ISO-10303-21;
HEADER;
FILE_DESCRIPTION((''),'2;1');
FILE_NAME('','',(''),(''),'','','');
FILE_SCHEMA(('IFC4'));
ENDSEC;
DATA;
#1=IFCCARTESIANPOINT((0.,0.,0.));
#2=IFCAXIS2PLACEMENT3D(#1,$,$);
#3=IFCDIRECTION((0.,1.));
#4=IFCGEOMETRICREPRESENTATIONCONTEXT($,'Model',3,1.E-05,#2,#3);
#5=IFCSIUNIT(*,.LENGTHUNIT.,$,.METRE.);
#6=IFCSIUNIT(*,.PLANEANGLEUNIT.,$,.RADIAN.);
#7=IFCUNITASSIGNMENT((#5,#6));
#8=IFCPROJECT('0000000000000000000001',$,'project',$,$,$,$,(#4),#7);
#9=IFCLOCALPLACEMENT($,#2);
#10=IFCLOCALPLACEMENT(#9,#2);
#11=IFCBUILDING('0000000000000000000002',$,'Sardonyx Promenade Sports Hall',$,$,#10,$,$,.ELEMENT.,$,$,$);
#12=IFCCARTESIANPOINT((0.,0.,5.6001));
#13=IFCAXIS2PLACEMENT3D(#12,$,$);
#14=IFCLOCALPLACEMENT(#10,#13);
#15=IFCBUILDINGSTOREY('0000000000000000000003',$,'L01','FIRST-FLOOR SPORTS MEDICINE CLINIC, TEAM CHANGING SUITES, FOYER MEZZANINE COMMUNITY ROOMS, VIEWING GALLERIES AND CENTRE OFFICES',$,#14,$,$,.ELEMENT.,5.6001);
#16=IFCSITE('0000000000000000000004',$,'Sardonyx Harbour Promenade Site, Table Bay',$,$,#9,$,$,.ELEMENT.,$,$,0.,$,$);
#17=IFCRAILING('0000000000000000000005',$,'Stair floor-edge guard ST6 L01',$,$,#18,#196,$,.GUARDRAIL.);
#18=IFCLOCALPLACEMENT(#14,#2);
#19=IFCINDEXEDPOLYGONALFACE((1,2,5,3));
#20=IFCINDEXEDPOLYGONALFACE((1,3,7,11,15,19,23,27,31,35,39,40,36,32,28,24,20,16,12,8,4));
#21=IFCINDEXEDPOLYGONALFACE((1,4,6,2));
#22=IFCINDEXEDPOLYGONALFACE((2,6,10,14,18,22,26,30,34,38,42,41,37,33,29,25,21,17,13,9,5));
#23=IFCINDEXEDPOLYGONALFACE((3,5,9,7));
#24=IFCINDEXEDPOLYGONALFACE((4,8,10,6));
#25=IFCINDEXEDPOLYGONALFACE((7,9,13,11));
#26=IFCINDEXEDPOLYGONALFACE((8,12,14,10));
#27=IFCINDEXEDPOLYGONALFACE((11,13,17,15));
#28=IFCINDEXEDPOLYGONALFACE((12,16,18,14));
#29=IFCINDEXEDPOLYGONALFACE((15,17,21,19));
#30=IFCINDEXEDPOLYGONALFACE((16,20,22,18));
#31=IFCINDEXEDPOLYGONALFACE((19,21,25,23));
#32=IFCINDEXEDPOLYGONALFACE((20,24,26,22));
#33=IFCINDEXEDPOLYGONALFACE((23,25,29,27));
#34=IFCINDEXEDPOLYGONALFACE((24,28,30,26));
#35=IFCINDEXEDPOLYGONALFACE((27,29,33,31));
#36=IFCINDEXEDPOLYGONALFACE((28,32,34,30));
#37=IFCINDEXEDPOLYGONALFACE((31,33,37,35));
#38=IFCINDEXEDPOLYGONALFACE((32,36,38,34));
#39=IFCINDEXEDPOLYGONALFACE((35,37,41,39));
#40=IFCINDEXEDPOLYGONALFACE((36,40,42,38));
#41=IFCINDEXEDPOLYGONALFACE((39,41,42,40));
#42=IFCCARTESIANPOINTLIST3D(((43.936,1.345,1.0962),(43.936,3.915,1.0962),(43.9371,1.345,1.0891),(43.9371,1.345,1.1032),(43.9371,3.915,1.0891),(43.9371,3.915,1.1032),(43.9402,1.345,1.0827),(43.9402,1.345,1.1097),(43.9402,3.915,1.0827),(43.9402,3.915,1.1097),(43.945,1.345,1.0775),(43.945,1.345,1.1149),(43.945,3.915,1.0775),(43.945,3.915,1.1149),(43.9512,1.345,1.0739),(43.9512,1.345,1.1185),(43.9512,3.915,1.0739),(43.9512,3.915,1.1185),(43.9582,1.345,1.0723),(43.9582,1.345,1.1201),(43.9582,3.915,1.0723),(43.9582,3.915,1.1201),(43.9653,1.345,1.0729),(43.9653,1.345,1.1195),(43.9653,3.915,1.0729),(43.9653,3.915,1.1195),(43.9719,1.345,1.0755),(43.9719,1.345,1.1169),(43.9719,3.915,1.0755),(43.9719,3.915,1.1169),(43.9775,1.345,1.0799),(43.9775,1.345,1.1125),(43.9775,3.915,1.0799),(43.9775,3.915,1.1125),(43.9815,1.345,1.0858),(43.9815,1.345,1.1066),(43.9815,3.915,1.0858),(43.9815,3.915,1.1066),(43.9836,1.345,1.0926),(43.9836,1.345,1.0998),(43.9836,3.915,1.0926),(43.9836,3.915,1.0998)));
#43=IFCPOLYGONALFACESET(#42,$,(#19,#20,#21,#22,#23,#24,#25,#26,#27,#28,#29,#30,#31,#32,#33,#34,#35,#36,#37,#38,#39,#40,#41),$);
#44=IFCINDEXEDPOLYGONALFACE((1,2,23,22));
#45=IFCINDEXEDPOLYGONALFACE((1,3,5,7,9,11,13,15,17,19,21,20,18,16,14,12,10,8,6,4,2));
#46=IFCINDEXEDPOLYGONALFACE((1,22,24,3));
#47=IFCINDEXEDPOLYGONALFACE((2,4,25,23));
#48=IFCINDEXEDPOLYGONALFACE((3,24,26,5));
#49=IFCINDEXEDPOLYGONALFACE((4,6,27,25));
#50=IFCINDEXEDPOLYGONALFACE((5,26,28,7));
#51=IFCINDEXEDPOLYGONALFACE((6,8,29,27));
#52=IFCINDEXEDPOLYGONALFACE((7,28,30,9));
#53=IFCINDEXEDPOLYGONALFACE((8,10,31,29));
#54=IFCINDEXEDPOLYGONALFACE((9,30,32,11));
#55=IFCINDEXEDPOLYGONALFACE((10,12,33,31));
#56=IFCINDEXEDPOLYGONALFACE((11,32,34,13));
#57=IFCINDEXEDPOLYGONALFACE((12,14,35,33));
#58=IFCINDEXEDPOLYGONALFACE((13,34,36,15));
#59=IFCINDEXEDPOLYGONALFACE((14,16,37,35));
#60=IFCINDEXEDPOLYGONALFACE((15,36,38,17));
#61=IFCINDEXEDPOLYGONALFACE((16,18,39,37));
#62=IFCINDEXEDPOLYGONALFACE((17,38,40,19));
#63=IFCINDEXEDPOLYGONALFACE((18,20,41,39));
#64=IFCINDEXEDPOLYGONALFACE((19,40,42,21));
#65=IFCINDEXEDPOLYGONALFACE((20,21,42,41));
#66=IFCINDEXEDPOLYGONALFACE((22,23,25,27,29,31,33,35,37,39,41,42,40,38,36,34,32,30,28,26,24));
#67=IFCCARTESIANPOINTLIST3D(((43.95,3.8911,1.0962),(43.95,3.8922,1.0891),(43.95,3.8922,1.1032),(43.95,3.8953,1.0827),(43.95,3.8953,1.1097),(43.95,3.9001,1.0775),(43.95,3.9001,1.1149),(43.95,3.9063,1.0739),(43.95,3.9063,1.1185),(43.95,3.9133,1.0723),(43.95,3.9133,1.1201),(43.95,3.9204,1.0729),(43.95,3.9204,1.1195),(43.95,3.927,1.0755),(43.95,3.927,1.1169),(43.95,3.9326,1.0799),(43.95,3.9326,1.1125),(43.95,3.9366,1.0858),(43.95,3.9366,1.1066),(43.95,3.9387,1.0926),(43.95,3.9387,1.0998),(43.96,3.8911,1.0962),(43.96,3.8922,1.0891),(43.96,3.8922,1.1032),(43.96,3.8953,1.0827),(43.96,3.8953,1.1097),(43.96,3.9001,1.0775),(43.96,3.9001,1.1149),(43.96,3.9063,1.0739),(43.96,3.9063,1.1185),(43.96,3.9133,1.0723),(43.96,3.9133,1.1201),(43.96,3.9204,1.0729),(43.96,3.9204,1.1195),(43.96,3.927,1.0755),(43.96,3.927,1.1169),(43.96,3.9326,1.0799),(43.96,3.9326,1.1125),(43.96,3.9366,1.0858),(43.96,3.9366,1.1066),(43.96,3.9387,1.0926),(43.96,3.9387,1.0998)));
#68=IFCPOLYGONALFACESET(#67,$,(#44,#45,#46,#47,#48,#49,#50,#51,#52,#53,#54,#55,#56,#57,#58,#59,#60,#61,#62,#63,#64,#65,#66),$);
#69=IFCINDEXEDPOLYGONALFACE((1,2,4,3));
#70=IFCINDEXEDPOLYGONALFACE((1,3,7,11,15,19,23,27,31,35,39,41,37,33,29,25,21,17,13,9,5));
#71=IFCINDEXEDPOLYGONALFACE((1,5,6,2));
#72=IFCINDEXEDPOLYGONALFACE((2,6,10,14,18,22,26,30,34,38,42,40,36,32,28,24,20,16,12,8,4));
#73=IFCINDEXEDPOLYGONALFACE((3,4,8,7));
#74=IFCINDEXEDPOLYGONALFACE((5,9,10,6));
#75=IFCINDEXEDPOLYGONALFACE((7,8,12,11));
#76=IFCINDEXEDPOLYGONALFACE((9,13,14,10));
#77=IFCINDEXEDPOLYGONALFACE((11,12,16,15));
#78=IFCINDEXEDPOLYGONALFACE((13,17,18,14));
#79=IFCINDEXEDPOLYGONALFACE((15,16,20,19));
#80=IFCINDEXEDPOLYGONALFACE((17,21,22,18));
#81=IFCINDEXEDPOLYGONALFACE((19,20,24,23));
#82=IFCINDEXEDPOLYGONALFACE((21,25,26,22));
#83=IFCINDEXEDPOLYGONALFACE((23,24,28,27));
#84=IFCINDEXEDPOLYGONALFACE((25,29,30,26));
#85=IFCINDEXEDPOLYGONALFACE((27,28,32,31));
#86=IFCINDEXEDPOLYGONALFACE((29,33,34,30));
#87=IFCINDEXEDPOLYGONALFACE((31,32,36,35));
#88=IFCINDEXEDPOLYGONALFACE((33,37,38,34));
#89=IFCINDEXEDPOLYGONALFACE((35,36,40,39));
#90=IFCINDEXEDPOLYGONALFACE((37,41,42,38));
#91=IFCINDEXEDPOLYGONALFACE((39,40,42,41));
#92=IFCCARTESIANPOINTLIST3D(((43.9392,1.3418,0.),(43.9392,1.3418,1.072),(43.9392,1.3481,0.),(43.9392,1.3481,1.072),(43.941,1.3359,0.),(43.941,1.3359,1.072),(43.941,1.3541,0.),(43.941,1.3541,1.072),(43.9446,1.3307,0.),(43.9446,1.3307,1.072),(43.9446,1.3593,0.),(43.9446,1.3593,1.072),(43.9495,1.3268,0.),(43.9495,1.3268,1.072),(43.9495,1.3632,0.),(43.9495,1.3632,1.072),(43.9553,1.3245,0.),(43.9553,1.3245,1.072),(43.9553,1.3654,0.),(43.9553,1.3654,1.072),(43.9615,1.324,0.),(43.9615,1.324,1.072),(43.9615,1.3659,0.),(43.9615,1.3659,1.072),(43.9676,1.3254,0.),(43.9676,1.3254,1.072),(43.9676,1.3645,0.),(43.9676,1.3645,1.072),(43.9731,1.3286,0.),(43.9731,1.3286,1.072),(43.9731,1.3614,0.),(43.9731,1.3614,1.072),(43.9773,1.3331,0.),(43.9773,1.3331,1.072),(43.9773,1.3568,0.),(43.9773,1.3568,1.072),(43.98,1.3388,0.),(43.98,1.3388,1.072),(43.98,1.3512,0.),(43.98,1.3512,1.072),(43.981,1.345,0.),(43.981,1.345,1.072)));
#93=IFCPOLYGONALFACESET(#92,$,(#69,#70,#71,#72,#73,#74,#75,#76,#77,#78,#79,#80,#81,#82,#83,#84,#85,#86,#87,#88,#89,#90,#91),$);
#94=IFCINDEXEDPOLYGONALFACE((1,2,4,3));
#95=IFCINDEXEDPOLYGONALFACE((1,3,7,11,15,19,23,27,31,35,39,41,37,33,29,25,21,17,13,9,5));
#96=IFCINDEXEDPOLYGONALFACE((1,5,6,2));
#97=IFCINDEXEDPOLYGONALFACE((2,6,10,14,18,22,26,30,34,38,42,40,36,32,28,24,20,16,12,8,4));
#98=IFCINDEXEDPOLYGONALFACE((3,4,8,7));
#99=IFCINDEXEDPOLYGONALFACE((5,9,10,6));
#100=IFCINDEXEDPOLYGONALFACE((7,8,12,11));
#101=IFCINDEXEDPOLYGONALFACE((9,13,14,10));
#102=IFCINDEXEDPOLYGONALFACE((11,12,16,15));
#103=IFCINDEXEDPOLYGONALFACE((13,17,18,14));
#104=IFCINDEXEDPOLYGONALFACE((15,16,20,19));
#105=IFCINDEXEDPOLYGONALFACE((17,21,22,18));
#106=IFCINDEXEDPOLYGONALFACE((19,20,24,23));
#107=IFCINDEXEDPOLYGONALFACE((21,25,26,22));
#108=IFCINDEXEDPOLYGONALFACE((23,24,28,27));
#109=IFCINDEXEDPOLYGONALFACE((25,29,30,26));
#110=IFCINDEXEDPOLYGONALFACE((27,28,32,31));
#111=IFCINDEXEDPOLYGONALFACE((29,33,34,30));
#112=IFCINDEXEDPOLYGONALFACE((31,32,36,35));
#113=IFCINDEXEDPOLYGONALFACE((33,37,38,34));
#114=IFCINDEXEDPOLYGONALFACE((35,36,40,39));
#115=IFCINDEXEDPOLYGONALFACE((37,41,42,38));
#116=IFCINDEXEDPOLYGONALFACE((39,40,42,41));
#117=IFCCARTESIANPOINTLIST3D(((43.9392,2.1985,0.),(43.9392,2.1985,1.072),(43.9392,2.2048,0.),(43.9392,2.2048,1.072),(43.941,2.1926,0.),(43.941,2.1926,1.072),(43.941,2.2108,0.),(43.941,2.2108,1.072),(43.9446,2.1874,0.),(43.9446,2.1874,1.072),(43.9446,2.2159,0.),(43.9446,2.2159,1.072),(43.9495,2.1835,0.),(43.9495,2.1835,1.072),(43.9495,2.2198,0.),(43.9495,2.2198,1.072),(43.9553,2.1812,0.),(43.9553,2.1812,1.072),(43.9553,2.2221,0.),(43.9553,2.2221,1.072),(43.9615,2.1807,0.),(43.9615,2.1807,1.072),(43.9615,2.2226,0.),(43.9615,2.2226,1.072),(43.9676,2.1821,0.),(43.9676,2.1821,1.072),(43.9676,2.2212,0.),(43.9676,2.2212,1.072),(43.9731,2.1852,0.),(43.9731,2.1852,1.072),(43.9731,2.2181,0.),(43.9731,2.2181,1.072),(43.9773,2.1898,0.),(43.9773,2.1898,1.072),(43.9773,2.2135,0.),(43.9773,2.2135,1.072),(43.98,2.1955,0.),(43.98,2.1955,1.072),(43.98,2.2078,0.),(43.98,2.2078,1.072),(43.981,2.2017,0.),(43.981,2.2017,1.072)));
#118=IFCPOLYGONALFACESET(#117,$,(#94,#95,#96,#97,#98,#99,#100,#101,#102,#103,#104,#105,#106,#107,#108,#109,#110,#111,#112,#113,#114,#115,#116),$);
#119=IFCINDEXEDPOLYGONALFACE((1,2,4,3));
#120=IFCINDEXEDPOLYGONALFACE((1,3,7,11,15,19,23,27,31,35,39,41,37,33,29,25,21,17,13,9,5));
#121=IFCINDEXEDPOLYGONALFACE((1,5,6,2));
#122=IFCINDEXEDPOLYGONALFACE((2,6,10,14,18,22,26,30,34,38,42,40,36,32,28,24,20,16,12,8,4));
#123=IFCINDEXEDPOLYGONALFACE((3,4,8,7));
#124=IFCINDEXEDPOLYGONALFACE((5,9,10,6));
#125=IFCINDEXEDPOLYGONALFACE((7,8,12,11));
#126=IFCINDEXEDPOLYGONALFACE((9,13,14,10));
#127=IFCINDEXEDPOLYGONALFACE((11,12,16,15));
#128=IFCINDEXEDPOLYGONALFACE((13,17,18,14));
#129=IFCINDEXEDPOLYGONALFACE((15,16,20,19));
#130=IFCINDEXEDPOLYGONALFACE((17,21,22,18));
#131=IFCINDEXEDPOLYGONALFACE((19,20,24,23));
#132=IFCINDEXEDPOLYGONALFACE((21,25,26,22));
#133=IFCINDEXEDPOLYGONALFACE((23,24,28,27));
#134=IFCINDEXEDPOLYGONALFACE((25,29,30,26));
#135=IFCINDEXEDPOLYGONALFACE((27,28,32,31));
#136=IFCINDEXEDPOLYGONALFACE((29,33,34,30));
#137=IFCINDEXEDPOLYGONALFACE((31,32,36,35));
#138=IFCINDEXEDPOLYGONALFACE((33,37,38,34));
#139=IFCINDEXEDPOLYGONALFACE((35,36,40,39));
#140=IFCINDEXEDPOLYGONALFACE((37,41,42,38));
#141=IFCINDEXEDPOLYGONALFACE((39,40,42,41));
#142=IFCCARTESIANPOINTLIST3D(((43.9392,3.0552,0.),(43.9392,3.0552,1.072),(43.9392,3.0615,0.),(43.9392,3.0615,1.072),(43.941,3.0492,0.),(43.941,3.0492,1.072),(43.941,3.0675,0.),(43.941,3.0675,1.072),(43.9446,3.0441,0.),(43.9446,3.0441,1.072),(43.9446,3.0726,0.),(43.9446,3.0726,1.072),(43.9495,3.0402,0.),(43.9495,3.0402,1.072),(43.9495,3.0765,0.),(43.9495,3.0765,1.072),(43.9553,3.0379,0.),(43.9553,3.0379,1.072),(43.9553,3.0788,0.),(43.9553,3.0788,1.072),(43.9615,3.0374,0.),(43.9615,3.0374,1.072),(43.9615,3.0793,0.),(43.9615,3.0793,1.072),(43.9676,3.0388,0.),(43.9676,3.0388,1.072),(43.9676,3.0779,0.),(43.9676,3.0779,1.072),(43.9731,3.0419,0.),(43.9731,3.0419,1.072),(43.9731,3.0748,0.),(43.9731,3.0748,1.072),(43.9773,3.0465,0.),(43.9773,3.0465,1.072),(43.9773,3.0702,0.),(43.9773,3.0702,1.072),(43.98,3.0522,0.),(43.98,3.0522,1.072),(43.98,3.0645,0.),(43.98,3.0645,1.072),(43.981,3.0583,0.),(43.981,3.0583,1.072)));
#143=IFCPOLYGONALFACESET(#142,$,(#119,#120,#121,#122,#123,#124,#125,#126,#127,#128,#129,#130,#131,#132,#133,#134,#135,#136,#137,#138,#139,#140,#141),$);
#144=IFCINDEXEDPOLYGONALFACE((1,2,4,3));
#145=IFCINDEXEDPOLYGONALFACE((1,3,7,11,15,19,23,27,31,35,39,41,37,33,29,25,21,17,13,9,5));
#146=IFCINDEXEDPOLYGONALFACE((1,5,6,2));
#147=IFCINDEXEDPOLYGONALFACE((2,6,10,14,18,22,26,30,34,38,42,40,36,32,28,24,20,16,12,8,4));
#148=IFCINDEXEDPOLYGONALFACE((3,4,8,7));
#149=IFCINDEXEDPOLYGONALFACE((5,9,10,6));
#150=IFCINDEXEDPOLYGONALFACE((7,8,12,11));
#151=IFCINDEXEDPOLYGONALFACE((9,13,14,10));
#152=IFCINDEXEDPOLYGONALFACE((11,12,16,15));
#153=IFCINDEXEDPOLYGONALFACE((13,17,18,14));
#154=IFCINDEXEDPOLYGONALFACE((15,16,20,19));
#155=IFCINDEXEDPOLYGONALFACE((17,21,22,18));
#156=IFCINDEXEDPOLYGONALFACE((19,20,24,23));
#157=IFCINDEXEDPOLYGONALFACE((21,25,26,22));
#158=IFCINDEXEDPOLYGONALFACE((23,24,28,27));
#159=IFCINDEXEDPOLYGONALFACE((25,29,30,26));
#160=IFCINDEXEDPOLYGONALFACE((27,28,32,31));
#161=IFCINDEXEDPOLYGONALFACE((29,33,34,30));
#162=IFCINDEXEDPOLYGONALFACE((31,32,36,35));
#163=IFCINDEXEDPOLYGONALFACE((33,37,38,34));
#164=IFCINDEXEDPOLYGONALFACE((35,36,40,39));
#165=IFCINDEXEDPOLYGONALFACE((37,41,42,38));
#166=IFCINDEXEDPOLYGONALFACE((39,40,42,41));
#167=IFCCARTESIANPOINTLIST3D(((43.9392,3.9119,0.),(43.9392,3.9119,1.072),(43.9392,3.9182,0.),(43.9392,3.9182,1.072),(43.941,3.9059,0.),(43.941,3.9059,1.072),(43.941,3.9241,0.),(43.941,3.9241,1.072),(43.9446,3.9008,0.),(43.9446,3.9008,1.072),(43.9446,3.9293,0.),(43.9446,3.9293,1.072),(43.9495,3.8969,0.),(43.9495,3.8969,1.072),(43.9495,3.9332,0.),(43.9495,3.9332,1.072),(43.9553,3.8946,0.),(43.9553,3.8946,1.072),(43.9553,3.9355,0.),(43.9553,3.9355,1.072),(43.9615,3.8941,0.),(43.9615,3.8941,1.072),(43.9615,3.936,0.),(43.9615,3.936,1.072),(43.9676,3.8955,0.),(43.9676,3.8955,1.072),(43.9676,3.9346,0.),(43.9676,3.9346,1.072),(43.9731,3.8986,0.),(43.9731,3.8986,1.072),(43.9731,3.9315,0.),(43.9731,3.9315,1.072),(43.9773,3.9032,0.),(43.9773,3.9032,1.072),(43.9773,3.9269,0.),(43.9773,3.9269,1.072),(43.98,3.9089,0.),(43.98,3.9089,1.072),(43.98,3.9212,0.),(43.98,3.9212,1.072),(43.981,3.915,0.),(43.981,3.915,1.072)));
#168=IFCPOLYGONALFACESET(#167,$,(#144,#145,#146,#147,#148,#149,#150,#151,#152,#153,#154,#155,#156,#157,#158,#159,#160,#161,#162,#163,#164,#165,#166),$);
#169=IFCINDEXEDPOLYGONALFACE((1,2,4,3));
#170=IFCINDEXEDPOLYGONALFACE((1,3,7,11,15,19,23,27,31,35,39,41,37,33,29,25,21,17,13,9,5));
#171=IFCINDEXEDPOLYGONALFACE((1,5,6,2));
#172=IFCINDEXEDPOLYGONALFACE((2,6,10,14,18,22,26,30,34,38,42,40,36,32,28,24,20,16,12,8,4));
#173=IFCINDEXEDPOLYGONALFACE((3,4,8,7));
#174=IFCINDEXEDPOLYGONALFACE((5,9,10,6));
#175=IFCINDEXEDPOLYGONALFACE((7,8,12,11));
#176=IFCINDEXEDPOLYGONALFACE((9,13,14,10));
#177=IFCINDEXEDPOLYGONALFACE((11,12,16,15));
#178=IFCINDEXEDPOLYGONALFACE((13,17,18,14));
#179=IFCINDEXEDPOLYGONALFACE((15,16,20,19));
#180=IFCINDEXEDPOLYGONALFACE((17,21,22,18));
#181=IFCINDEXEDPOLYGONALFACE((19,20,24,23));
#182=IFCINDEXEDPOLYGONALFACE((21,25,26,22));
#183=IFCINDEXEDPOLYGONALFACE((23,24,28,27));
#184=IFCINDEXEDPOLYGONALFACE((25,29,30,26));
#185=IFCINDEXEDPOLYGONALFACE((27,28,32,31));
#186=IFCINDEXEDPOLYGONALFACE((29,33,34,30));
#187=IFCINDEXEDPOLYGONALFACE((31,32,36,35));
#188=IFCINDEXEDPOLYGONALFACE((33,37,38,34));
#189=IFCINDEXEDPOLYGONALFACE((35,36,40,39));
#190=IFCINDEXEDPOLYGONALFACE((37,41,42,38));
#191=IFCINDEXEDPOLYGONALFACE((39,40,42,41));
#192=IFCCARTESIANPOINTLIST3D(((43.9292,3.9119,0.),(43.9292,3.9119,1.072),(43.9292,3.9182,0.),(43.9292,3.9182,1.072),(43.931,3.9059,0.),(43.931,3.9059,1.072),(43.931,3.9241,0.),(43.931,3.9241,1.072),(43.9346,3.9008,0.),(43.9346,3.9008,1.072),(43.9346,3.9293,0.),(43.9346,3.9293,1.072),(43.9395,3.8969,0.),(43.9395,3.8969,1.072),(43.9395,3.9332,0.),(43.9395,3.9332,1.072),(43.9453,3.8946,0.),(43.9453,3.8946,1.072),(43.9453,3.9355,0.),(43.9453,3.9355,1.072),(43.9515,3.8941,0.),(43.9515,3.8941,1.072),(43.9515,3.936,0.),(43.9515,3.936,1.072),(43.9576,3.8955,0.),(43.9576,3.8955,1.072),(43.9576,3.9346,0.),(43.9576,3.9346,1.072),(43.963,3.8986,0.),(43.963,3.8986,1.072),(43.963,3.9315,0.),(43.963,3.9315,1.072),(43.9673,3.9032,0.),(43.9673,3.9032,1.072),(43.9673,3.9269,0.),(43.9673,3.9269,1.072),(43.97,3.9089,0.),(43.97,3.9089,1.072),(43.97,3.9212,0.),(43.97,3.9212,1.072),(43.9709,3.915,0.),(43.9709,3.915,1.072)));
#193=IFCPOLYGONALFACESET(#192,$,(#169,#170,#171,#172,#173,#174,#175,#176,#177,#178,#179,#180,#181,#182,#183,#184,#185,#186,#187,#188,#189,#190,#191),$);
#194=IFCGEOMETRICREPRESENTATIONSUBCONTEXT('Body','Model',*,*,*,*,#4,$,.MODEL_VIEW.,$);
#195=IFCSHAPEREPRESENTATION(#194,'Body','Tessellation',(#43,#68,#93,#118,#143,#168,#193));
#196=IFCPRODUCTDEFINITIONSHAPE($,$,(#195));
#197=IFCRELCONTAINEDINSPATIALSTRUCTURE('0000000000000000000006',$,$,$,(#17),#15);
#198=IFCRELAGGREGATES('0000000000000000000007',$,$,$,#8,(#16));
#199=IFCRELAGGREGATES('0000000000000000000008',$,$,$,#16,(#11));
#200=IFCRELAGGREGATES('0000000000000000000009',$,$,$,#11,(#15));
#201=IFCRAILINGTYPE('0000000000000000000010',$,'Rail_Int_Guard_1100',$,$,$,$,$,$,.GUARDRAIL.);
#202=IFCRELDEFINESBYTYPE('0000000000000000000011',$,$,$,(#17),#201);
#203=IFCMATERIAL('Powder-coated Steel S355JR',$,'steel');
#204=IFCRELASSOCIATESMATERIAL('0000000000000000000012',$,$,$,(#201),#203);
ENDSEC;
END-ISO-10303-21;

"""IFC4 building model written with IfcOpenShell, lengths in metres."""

from ifc_helpers import new_model, si_unit, direction, frame, origin, origin_2d, place, context, subcontext, project, spatial, circle, extrude, material, type_object, element, save


model = new_model("IFC4")

# Units and contexts
model_context = context("Model", 3, precision=1e-05, world=origin(), true_north=direction((0.0, 1.0)))
body_context = subcontext(model_context, "Body", "Model", "MODEL_VIEW")
ifc_project = project(units=[si_unit("LENGTHUNIT", "METRE"), si_unit("PLANEANGLEUNIT", "RADIAN")], contexts=[model_context])

# Site, building, storey
site_placement = place(None, origin())
site = spatial("IfcSite", under=ifc_project, at=site_placement, Name="Sardonyx Harbour Promenade Site, Table Bay", CompositionType="ELEMENT", RefElevation=0.0)
building_placement = place(site_placement, origin())
building = spatial("IfcBuilding", under=site, at=building_placement, Name="Sardonyx Promenade Sports Hall", CompositionType="ELEMENT")
storey_placement = place(building_placement, frame((0.0, 0.0, 5.6001)))
storey = spatial("IfcBuildingStorey", under=building, at=storey_placement, Name="L01", Description="FIRST-FLOOR SPORTS MEDICINE CLINIC, TEAM CHANGING SUITES, FOYER MEZZANINE COMMUNITY ROOMS, VIEWING GALLERIES AND CENTRE OFFICES", CompositionType="ELEMENT", Elevation=5.6001)

# Railing
ifc_material_1 = material(Name="Powder-coated Steel S355JR", Category="steel")
railing_type_1 = type_object("IfcRailingType", Name="Rail_Int_Guard_1100", PredefinedType="GUARDRAIL", material=ifc_material_1)
railing_1_placement = place(storey_placement, frame((43.96, 1.345, 0.0)))
element("IfcRailing", 1, at=railing_1_placement, inside=storey, type_object=railing_type_1, Name="Stair floor-edge guard ST6 L01", PredefinedType="GUARDRAIL", context=body_context, shape_type="SweptSolid", body=[
    extrude(circle(Radius=0.0239, at=origin_2d()), frame((0.0, 0.0, 1.0962), z_axis=(0.0, 1.0, 0.0), x_axis=(-1.0, 0.0, 0.0)), (0.0, 0.0, 1.0), 2.5701),
    extrude(circle(Radius=0.0239, at=origin_2d()), frame((0.0, 2.5701, 1.0962), z_axis=(-1.0, 0.0, 0.0), x_axis=(0.0, -1.0, 0.0)), (0.0, 0.0, 1.0), 0.01),
    extrude(circle(Radius=0.021, at=origin_2d()), origin(), (0.0, 0.0, 1.0), 1.072),
    extrude(circle(Radius=0.021, at=origin_2d()), frame((0.0, 0.8567, 0.0)), (0.0, 0.0, 1.0), 1.072),
    extrude(circle(Radius=0.021, at=origin_2d()), frame((0.0, 1.7134, 0.0)), (0.0, 0.0, 1.0), 1.072),
    extrude(circle(Radius=0.021, at=origin_2d()), frame((0.0, 2.5701, 0.0)), (0.0, 0.0, 1.0), 1.072),
    extrude(circle(Radius=0.021, at=origin_2d()), frame((-0.01, 2.5701, 0.0)), (0.0, 0.0, 1.0), 1.072),
])

save(model, "model.ifc")
